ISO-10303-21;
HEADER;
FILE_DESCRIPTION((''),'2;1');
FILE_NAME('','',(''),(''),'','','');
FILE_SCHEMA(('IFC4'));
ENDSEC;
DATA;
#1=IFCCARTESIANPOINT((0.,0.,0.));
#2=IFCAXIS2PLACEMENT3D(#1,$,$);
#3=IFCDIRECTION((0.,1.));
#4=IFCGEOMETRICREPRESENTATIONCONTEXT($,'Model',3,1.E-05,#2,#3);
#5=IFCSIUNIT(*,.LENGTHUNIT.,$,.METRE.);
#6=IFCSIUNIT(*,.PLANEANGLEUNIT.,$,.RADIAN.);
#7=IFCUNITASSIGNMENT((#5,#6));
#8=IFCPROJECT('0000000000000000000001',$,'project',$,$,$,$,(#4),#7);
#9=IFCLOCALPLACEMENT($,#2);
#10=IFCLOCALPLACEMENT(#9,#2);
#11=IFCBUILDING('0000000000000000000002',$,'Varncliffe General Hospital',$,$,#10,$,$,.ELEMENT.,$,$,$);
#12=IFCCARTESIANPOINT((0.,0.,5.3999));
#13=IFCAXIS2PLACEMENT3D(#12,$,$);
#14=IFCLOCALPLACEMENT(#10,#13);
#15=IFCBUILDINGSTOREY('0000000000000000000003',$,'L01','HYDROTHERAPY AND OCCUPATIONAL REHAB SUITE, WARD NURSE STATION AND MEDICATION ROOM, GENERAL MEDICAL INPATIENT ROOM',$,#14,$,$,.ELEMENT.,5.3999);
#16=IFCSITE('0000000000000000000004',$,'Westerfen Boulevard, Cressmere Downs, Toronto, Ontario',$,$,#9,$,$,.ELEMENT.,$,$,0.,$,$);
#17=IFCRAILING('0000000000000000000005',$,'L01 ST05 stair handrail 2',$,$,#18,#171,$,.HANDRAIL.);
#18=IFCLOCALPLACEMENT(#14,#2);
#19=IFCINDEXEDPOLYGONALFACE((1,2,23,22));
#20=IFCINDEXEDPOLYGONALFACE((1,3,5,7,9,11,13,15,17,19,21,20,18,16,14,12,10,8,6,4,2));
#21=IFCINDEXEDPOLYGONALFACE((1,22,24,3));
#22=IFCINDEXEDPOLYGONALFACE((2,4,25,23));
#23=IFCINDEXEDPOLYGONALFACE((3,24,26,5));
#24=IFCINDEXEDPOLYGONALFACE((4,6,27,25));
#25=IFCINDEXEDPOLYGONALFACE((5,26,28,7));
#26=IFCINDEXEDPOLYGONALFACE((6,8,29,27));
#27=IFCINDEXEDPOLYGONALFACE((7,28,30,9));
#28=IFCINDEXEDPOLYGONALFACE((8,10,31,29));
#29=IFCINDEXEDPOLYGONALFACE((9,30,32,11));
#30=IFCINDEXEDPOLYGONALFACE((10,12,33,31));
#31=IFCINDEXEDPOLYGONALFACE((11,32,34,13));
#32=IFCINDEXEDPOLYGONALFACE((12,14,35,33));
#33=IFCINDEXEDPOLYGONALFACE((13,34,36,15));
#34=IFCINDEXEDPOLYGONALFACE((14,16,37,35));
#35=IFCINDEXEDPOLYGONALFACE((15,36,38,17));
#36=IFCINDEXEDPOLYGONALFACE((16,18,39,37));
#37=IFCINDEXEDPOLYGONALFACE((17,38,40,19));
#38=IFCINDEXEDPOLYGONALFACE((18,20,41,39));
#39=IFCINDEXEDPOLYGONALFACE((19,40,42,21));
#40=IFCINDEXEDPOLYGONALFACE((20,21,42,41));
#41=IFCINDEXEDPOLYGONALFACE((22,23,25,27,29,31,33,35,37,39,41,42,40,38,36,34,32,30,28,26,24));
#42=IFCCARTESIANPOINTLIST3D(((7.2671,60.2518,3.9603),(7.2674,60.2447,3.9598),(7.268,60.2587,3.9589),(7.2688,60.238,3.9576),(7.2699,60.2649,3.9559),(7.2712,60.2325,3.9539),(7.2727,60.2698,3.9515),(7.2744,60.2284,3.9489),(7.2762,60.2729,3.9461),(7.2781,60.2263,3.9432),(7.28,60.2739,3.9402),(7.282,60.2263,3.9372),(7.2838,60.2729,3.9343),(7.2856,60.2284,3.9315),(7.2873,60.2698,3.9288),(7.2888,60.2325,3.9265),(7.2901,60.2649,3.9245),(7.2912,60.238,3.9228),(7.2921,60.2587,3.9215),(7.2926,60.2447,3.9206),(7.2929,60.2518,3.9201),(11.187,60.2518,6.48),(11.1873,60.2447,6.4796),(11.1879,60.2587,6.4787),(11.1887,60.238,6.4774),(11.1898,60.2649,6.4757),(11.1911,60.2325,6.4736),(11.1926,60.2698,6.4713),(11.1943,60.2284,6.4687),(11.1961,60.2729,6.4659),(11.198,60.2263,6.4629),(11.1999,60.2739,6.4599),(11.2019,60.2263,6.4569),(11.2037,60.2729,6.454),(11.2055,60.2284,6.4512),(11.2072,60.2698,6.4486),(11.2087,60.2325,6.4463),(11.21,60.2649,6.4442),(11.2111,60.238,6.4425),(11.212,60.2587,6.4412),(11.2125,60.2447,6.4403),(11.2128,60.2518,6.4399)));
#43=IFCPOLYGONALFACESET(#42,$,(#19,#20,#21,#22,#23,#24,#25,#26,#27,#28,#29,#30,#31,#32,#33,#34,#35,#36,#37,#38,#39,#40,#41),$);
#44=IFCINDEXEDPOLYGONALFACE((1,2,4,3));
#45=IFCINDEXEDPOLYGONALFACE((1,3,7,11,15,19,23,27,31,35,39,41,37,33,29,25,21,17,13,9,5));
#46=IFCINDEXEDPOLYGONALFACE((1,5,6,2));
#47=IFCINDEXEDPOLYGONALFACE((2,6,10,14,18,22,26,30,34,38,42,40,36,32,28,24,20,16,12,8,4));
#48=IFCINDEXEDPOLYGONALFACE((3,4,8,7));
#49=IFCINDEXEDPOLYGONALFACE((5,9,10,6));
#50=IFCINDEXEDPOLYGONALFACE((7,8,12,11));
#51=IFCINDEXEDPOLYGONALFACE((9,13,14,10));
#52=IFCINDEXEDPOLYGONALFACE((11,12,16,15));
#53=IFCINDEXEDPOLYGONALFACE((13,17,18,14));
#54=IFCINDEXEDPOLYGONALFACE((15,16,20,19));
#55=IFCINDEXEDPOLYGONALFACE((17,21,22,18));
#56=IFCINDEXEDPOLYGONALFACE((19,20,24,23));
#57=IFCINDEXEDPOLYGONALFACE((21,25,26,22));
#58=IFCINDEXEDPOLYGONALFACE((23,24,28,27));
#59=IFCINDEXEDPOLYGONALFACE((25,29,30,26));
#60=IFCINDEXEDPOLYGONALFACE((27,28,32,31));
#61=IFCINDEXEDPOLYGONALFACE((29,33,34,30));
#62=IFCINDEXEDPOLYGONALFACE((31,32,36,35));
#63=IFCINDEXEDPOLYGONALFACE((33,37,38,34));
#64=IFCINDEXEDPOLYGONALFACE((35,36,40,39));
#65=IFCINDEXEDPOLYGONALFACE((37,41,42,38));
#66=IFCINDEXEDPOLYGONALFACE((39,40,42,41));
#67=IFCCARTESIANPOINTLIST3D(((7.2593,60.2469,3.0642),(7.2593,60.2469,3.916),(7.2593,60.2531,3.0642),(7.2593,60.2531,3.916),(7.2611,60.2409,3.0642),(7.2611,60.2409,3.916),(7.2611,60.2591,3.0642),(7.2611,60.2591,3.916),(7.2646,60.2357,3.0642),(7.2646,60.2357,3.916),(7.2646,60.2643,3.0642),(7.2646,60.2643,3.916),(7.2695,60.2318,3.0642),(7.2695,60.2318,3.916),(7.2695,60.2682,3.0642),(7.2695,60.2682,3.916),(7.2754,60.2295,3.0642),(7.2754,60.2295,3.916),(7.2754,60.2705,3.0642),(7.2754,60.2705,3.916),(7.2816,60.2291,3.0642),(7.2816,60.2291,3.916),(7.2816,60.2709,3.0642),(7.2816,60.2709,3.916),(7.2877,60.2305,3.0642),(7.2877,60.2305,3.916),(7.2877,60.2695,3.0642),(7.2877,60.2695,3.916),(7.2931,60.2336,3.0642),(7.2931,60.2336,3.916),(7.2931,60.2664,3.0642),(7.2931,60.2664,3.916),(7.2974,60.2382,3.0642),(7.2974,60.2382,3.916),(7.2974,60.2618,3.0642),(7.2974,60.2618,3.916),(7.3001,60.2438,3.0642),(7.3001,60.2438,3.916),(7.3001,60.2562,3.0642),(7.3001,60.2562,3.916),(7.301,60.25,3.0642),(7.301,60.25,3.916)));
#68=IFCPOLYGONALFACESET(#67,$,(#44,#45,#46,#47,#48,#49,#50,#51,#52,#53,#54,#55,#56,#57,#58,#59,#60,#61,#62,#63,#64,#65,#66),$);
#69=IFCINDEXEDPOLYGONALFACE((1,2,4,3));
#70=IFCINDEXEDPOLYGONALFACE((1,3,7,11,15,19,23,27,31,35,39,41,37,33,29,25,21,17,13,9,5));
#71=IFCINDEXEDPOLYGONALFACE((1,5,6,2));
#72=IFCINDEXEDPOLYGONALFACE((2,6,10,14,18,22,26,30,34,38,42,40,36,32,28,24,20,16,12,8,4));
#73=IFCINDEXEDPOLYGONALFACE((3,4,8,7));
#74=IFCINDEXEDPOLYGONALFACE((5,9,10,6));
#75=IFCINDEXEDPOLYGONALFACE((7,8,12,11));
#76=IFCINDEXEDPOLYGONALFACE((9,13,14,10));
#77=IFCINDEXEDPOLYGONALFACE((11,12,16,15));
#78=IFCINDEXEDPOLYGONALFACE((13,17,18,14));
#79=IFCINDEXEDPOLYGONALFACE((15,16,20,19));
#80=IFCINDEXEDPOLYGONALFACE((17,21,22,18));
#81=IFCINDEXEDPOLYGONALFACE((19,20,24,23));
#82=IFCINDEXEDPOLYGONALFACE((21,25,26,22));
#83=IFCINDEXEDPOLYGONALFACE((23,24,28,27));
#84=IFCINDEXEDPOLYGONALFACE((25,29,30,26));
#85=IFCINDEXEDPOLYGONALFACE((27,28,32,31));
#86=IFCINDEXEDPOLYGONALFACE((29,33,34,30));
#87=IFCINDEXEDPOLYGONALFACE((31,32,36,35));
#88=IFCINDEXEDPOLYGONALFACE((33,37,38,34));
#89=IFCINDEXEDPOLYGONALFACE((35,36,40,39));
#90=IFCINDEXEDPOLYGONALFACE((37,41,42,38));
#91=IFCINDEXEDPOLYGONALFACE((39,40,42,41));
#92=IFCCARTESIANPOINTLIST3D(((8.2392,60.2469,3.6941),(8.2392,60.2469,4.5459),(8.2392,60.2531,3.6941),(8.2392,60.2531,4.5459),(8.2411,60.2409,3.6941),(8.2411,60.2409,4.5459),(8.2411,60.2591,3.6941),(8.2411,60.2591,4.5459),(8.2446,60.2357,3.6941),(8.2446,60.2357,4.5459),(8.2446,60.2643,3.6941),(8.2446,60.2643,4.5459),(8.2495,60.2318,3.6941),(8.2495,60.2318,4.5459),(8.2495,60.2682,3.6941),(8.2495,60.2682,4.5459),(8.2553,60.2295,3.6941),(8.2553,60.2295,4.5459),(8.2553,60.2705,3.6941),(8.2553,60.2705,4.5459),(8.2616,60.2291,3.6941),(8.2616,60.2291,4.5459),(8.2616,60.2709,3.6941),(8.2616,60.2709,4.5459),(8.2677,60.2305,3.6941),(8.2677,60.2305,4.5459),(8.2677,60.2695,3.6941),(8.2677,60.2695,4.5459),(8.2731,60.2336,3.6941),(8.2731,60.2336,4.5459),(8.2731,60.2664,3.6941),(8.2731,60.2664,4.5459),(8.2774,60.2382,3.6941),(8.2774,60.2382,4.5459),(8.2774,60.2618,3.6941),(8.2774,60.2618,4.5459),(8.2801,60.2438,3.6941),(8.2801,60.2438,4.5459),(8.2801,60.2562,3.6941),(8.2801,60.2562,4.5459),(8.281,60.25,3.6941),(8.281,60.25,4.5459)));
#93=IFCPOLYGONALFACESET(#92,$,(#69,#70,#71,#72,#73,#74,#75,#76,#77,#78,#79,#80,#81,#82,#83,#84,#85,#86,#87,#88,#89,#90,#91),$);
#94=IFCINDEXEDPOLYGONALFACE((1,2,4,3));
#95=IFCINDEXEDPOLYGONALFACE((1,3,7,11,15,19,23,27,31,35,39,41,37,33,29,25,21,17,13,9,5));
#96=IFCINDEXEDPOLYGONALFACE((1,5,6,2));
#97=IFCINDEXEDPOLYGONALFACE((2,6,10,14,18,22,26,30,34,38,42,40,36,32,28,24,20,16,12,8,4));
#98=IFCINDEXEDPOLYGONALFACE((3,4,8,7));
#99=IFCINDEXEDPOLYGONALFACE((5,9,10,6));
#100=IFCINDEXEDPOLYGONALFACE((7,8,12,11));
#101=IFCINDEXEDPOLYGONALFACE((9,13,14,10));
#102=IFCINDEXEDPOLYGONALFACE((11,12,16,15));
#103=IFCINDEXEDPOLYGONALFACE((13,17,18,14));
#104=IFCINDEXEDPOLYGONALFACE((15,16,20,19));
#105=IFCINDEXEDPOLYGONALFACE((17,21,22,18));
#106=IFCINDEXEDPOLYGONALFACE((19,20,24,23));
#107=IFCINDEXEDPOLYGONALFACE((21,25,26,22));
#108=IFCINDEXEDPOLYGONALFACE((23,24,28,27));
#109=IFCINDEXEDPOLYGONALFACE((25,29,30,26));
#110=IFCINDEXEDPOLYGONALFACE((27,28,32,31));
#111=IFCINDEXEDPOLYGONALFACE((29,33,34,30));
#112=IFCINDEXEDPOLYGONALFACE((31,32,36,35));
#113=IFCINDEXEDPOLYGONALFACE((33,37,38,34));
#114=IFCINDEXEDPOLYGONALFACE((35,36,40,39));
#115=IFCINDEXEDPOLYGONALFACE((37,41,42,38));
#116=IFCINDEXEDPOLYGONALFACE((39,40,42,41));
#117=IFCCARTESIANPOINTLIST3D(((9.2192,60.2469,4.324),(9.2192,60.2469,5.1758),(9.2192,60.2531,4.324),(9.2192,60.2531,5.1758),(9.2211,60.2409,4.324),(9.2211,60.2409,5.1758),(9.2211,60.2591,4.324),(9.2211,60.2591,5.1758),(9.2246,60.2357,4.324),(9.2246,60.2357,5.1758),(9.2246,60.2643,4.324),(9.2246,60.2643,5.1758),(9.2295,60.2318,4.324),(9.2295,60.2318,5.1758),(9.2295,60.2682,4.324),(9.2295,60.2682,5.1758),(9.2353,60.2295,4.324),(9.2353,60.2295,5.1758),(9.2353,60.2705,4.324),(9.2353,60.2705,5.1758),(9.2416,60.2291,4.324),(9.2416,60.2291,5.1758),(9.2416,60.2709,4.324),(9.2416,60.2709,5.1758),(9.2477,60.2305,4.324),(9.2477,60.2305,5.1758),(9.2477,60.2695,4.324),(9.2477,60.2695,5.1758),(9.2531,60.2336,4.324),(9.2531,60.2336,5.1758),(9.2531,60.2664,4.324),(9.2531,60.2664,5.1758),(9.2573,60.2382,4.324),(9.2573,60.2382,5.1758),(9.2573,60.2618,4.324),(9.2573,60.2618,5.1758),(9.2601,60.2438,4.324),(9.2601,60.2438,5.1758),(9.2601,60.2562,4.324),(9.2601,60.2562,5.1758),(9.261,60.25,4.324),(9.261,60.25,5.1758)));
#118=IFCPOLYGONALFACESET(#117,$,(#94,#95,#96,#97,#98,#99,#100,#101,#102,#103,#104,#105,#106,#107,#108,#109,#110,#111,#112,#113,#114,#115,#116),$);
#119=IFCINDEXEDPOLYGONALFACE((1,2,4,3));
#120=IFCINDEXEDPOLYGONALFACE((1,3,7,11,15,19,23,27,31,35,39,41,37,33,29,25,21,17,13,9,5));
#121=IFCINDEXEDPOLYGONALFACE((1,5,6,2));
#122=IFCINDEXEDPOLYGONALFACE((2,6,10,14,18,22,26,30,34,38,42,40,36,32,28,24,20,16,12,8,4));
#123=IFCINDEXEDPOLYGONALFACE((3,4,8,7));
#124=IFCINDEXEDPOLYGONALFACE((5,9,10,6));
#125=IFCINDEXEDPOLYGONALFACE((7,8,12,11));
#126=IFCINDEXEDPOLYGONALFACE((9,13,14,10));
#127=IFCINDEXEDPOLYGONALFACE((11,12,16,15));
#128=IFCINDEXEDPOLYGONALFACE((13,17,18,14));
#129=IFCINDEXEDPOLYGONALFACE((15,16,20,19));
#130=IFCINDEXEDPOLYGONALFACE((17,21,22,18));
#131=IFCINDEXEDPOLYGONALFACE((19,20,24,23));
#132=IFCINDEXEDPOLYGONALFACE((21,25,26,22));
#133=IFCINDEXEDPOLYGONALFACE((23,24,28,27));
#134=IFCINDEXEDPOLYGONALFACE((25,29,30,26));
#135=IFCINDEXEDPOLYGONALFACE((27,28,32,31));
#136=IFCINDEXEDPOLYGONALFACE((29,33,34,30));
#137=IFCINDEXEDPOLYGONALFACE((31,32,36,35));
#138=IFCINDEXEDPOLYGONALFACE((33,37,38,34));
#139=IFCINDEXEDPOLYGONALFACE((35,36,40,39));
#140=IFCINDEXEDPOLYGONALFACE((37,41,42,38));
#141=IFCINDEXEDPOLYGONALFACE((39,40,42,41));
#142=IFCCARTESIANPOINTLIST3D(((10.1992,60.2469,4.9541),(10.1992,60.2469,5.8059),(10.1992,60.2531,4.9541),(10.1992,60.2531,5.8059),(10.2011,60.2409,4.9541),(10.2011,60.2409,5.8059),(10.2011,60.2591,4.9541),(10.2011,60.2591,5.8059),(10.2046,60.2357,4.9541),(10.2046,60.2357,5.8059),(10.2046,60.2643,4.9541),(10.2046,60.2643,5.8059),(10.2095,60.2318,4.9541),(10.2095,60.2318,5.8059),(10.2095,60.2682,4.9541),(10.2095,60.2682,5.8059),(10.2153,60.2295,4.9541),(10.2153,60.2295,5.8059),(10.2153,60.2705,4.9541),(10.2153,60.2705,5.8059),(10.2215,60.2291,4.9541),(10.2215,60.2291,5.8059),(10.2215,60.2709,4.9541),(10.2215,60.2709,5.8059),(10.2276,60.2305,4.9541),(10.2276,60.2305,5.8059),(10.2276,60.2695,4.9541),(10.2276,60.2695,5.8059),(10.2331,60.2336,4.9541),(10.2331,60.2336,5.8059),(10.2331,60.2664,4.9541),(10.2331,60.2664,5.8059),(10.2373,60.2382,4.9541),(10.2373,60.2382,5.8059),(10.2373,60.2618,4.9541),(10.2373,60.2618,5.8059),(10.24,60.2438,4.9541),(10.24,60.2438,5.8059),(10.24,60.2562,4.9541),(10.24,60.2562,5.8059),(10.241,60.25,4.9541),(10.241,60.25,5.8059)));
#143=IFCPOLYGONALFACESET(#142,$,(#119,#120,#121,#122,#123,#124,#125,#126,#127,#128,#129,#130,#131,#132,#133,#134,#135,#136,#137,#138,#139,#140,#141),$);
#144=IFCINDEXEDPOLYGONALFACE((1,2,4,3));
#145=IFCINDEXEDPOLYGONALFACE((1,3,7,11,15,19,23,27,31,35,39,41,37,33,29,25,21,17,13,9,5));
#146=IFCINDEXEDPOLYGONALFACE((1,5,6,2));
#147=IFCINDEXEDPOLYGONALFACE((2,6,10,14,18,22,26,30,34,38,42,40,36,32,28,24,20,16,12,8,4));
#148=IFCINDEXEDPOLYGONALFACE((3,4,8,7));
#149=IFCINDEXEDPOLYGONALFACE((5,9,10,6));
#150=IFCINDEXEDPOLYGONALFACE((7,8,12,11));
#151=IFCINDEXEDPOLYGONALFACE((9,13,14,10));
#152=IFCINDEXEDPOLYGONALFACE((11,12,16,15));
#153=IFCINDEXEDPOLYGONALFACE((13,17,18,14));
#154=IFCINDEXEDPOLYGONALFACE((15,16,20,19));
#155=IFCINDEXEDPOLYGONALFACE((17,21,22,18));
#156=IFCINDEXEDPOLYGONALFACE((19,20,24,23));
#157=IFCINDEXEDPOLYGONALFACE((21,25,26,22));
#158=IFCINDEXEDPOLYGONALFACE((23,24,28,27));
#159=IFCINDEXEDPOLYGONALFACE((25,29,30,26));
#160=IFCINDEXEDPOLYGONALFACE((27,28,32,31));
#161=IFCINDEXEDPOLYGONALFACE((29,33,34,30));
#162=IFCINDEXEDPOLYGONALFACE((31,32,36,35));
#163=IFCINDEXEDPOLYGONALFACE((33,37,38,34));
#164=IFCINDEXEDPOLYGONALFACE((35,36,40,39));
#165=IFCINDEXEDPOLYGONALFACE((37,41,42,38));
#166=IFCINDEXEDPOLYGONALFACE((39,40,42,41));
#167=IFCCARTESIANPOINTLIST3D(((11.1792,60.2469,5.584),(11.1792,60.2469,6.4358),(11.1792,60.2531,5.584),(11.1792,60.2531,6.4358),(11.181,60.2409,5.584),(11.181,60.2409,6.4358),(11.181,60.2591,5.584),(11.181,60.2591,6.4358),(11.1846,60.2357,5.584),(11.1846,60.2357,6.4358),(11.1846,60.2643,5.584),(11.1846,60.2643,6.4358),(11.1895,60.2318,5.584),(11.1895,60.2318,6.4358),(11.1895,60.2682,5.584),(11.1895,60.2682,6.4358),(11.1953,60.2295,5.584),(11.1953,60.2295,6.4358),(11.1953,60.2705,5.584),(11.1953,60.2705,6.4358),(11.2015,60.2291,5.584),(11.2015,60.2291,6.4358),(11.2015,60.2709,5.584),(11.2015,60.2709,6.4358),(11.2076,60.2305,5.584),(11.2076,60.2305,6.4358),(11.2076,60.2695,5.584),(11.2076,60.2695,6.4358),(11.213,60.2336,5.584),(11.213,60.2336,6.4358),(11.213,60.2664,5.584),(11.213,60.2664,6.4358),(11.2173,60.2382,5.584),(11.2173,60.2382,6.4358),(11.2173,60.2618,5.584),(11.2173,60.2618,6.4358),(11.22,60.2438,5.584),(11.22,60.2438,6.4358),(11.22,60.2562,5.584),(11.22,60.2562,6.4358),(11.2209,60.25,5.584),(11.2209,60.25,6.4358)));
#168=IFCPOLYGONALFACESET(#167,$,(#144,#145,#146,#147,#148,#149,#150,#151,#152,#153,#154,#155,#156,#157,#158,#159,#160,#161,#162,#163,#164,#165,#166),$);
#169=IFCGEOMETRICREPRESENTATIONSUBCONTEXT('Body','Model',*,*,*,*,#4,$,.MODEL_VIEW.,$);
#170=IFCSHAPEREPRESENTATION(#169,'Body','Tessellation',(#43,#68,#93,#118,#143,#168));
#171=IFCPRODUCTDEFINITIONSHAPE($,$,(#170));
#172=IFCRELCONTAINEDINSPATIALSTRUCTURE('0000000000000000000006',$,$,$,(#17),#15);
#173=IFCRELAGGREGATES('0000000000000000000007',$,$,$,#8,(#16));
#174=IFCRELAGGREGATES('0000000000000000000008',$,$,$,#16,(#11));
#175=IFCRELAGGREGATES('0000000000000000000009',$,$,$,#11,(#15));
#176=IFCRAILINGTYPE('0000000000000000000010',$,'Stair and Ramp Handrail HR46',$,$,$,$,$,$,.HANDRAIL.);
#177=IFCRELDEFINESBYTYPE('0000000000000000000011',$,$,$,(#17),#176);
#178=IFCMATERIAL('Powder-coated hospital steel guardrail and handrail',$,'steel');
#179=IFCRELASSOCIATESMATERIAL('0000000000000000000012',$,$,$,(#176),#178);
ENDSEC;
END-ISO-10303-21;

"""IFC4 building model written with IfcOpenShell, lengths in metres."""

from ifc_helpers import new_model, si_unit, direction, frame, origin, origin_2d, place, context, subcontext, project, spatial, circle, extrude, material, type_object, element, save


model = new_model("IFC4")

# Units and contexts
model_context = context("Model", 3, precision=1e-05, world=origin(), true_north=direction((0.0, 1.0)))
body_context = subcontext(model_context, "Body", "Model", "MODEL_VIEW")
ifc_project = project(units=[si_unit("LENGTHUNIT", "METRE"), si_unit("PLANEANGLEUNIT", "RADIAN")], contexts=[model_context])

# Site, building, storey
site_placement = place(None, origin())
site = spatial("IfcSite", under=ifc_project, at=site_placement, Name="Westerfen Boulevard, Cressmere Downs, Toronto, Ontario", CompositionType="ELEMENT", RefElevation=0.0)
building_placement = place(site_placement, origin())
building = spatial("IfcBuilding", under=site, at=building_placement, Name="Varncliffe General Hospital", CompositionType="ELEMENT")
storey_placement = place(building_placement, frame((0.0, 0.0, 5.3999)))
storey = spatial("IfcBuildingStorey", under=building, at=storey_placement, Name="L01", Description="HYDROTHERAPY AND OCCUPATIONAL REHAB SUITE, WARD NURSE STATION AND MEDICATION ROOM, GENERAL MEDICAL INPATIENT ROOM", CompositionType="ELEMENT", Elevation=5.3999)

# Railing
ifc_material_1 = material(Name="Powder-coated hospital steel guardrail and handrail", Category="steel")
railing_type_1 = type_object("IfcRailingType", Name="Stair and Ramp Handrail HR46", PredefinedType="HANDRAIL", material=ifc_material_1)
railing_1_placement = place(storey_placement, frame((7.28, 60.25, 3.0642)))
element("IfcRailing", 1, at=railing_1_placement, inside=storey, type_object=railing_type_1, Name="L01 ST05 stair handrail 2", PredefinedType="HANDRAIL", context=body_context, shape_type="SweptSolid", body=[
    extrude(circle(Radius=0.0239, at=origin_2d()), frame((0.0, 0.0, 0.876), z_axis=(0.841195, 0.0, 0.540731), x_axis=(0.0, 1.0, 0.0)), (0.0, 0.0, 1.0), 4.6599),
    extrude(circle(Radius=0.021, at=origin_2d()), origin(), (0.0, 0.0, 1.0), 0.8518),
    extrude(circle(Radius=0.021, at=origin_2d()), frame((0.98, 0.0, 0.6299)), (0.0, 0.0, 1.0), 0.8518),
    extrude(circle(Radius=0.021, at=origin_2d()), frame((1.96, 0.0, 1.2598)), (0.0, 0.0, 1.0), 0.8518),
    extrude(circle(Radius=0.021, at=origin_2d()), frame((2.9399, 0.0, 1.8899)), (0.0, 0.0, 1.0), 0.8518),
    extrude(circle(Radius=0.021, at=origin_2d()), frame((3.9199, 0.0, 2.5198)), (0.0, 0.0, 1.0), 0.8518),
])

save(model, "model.ifc")
